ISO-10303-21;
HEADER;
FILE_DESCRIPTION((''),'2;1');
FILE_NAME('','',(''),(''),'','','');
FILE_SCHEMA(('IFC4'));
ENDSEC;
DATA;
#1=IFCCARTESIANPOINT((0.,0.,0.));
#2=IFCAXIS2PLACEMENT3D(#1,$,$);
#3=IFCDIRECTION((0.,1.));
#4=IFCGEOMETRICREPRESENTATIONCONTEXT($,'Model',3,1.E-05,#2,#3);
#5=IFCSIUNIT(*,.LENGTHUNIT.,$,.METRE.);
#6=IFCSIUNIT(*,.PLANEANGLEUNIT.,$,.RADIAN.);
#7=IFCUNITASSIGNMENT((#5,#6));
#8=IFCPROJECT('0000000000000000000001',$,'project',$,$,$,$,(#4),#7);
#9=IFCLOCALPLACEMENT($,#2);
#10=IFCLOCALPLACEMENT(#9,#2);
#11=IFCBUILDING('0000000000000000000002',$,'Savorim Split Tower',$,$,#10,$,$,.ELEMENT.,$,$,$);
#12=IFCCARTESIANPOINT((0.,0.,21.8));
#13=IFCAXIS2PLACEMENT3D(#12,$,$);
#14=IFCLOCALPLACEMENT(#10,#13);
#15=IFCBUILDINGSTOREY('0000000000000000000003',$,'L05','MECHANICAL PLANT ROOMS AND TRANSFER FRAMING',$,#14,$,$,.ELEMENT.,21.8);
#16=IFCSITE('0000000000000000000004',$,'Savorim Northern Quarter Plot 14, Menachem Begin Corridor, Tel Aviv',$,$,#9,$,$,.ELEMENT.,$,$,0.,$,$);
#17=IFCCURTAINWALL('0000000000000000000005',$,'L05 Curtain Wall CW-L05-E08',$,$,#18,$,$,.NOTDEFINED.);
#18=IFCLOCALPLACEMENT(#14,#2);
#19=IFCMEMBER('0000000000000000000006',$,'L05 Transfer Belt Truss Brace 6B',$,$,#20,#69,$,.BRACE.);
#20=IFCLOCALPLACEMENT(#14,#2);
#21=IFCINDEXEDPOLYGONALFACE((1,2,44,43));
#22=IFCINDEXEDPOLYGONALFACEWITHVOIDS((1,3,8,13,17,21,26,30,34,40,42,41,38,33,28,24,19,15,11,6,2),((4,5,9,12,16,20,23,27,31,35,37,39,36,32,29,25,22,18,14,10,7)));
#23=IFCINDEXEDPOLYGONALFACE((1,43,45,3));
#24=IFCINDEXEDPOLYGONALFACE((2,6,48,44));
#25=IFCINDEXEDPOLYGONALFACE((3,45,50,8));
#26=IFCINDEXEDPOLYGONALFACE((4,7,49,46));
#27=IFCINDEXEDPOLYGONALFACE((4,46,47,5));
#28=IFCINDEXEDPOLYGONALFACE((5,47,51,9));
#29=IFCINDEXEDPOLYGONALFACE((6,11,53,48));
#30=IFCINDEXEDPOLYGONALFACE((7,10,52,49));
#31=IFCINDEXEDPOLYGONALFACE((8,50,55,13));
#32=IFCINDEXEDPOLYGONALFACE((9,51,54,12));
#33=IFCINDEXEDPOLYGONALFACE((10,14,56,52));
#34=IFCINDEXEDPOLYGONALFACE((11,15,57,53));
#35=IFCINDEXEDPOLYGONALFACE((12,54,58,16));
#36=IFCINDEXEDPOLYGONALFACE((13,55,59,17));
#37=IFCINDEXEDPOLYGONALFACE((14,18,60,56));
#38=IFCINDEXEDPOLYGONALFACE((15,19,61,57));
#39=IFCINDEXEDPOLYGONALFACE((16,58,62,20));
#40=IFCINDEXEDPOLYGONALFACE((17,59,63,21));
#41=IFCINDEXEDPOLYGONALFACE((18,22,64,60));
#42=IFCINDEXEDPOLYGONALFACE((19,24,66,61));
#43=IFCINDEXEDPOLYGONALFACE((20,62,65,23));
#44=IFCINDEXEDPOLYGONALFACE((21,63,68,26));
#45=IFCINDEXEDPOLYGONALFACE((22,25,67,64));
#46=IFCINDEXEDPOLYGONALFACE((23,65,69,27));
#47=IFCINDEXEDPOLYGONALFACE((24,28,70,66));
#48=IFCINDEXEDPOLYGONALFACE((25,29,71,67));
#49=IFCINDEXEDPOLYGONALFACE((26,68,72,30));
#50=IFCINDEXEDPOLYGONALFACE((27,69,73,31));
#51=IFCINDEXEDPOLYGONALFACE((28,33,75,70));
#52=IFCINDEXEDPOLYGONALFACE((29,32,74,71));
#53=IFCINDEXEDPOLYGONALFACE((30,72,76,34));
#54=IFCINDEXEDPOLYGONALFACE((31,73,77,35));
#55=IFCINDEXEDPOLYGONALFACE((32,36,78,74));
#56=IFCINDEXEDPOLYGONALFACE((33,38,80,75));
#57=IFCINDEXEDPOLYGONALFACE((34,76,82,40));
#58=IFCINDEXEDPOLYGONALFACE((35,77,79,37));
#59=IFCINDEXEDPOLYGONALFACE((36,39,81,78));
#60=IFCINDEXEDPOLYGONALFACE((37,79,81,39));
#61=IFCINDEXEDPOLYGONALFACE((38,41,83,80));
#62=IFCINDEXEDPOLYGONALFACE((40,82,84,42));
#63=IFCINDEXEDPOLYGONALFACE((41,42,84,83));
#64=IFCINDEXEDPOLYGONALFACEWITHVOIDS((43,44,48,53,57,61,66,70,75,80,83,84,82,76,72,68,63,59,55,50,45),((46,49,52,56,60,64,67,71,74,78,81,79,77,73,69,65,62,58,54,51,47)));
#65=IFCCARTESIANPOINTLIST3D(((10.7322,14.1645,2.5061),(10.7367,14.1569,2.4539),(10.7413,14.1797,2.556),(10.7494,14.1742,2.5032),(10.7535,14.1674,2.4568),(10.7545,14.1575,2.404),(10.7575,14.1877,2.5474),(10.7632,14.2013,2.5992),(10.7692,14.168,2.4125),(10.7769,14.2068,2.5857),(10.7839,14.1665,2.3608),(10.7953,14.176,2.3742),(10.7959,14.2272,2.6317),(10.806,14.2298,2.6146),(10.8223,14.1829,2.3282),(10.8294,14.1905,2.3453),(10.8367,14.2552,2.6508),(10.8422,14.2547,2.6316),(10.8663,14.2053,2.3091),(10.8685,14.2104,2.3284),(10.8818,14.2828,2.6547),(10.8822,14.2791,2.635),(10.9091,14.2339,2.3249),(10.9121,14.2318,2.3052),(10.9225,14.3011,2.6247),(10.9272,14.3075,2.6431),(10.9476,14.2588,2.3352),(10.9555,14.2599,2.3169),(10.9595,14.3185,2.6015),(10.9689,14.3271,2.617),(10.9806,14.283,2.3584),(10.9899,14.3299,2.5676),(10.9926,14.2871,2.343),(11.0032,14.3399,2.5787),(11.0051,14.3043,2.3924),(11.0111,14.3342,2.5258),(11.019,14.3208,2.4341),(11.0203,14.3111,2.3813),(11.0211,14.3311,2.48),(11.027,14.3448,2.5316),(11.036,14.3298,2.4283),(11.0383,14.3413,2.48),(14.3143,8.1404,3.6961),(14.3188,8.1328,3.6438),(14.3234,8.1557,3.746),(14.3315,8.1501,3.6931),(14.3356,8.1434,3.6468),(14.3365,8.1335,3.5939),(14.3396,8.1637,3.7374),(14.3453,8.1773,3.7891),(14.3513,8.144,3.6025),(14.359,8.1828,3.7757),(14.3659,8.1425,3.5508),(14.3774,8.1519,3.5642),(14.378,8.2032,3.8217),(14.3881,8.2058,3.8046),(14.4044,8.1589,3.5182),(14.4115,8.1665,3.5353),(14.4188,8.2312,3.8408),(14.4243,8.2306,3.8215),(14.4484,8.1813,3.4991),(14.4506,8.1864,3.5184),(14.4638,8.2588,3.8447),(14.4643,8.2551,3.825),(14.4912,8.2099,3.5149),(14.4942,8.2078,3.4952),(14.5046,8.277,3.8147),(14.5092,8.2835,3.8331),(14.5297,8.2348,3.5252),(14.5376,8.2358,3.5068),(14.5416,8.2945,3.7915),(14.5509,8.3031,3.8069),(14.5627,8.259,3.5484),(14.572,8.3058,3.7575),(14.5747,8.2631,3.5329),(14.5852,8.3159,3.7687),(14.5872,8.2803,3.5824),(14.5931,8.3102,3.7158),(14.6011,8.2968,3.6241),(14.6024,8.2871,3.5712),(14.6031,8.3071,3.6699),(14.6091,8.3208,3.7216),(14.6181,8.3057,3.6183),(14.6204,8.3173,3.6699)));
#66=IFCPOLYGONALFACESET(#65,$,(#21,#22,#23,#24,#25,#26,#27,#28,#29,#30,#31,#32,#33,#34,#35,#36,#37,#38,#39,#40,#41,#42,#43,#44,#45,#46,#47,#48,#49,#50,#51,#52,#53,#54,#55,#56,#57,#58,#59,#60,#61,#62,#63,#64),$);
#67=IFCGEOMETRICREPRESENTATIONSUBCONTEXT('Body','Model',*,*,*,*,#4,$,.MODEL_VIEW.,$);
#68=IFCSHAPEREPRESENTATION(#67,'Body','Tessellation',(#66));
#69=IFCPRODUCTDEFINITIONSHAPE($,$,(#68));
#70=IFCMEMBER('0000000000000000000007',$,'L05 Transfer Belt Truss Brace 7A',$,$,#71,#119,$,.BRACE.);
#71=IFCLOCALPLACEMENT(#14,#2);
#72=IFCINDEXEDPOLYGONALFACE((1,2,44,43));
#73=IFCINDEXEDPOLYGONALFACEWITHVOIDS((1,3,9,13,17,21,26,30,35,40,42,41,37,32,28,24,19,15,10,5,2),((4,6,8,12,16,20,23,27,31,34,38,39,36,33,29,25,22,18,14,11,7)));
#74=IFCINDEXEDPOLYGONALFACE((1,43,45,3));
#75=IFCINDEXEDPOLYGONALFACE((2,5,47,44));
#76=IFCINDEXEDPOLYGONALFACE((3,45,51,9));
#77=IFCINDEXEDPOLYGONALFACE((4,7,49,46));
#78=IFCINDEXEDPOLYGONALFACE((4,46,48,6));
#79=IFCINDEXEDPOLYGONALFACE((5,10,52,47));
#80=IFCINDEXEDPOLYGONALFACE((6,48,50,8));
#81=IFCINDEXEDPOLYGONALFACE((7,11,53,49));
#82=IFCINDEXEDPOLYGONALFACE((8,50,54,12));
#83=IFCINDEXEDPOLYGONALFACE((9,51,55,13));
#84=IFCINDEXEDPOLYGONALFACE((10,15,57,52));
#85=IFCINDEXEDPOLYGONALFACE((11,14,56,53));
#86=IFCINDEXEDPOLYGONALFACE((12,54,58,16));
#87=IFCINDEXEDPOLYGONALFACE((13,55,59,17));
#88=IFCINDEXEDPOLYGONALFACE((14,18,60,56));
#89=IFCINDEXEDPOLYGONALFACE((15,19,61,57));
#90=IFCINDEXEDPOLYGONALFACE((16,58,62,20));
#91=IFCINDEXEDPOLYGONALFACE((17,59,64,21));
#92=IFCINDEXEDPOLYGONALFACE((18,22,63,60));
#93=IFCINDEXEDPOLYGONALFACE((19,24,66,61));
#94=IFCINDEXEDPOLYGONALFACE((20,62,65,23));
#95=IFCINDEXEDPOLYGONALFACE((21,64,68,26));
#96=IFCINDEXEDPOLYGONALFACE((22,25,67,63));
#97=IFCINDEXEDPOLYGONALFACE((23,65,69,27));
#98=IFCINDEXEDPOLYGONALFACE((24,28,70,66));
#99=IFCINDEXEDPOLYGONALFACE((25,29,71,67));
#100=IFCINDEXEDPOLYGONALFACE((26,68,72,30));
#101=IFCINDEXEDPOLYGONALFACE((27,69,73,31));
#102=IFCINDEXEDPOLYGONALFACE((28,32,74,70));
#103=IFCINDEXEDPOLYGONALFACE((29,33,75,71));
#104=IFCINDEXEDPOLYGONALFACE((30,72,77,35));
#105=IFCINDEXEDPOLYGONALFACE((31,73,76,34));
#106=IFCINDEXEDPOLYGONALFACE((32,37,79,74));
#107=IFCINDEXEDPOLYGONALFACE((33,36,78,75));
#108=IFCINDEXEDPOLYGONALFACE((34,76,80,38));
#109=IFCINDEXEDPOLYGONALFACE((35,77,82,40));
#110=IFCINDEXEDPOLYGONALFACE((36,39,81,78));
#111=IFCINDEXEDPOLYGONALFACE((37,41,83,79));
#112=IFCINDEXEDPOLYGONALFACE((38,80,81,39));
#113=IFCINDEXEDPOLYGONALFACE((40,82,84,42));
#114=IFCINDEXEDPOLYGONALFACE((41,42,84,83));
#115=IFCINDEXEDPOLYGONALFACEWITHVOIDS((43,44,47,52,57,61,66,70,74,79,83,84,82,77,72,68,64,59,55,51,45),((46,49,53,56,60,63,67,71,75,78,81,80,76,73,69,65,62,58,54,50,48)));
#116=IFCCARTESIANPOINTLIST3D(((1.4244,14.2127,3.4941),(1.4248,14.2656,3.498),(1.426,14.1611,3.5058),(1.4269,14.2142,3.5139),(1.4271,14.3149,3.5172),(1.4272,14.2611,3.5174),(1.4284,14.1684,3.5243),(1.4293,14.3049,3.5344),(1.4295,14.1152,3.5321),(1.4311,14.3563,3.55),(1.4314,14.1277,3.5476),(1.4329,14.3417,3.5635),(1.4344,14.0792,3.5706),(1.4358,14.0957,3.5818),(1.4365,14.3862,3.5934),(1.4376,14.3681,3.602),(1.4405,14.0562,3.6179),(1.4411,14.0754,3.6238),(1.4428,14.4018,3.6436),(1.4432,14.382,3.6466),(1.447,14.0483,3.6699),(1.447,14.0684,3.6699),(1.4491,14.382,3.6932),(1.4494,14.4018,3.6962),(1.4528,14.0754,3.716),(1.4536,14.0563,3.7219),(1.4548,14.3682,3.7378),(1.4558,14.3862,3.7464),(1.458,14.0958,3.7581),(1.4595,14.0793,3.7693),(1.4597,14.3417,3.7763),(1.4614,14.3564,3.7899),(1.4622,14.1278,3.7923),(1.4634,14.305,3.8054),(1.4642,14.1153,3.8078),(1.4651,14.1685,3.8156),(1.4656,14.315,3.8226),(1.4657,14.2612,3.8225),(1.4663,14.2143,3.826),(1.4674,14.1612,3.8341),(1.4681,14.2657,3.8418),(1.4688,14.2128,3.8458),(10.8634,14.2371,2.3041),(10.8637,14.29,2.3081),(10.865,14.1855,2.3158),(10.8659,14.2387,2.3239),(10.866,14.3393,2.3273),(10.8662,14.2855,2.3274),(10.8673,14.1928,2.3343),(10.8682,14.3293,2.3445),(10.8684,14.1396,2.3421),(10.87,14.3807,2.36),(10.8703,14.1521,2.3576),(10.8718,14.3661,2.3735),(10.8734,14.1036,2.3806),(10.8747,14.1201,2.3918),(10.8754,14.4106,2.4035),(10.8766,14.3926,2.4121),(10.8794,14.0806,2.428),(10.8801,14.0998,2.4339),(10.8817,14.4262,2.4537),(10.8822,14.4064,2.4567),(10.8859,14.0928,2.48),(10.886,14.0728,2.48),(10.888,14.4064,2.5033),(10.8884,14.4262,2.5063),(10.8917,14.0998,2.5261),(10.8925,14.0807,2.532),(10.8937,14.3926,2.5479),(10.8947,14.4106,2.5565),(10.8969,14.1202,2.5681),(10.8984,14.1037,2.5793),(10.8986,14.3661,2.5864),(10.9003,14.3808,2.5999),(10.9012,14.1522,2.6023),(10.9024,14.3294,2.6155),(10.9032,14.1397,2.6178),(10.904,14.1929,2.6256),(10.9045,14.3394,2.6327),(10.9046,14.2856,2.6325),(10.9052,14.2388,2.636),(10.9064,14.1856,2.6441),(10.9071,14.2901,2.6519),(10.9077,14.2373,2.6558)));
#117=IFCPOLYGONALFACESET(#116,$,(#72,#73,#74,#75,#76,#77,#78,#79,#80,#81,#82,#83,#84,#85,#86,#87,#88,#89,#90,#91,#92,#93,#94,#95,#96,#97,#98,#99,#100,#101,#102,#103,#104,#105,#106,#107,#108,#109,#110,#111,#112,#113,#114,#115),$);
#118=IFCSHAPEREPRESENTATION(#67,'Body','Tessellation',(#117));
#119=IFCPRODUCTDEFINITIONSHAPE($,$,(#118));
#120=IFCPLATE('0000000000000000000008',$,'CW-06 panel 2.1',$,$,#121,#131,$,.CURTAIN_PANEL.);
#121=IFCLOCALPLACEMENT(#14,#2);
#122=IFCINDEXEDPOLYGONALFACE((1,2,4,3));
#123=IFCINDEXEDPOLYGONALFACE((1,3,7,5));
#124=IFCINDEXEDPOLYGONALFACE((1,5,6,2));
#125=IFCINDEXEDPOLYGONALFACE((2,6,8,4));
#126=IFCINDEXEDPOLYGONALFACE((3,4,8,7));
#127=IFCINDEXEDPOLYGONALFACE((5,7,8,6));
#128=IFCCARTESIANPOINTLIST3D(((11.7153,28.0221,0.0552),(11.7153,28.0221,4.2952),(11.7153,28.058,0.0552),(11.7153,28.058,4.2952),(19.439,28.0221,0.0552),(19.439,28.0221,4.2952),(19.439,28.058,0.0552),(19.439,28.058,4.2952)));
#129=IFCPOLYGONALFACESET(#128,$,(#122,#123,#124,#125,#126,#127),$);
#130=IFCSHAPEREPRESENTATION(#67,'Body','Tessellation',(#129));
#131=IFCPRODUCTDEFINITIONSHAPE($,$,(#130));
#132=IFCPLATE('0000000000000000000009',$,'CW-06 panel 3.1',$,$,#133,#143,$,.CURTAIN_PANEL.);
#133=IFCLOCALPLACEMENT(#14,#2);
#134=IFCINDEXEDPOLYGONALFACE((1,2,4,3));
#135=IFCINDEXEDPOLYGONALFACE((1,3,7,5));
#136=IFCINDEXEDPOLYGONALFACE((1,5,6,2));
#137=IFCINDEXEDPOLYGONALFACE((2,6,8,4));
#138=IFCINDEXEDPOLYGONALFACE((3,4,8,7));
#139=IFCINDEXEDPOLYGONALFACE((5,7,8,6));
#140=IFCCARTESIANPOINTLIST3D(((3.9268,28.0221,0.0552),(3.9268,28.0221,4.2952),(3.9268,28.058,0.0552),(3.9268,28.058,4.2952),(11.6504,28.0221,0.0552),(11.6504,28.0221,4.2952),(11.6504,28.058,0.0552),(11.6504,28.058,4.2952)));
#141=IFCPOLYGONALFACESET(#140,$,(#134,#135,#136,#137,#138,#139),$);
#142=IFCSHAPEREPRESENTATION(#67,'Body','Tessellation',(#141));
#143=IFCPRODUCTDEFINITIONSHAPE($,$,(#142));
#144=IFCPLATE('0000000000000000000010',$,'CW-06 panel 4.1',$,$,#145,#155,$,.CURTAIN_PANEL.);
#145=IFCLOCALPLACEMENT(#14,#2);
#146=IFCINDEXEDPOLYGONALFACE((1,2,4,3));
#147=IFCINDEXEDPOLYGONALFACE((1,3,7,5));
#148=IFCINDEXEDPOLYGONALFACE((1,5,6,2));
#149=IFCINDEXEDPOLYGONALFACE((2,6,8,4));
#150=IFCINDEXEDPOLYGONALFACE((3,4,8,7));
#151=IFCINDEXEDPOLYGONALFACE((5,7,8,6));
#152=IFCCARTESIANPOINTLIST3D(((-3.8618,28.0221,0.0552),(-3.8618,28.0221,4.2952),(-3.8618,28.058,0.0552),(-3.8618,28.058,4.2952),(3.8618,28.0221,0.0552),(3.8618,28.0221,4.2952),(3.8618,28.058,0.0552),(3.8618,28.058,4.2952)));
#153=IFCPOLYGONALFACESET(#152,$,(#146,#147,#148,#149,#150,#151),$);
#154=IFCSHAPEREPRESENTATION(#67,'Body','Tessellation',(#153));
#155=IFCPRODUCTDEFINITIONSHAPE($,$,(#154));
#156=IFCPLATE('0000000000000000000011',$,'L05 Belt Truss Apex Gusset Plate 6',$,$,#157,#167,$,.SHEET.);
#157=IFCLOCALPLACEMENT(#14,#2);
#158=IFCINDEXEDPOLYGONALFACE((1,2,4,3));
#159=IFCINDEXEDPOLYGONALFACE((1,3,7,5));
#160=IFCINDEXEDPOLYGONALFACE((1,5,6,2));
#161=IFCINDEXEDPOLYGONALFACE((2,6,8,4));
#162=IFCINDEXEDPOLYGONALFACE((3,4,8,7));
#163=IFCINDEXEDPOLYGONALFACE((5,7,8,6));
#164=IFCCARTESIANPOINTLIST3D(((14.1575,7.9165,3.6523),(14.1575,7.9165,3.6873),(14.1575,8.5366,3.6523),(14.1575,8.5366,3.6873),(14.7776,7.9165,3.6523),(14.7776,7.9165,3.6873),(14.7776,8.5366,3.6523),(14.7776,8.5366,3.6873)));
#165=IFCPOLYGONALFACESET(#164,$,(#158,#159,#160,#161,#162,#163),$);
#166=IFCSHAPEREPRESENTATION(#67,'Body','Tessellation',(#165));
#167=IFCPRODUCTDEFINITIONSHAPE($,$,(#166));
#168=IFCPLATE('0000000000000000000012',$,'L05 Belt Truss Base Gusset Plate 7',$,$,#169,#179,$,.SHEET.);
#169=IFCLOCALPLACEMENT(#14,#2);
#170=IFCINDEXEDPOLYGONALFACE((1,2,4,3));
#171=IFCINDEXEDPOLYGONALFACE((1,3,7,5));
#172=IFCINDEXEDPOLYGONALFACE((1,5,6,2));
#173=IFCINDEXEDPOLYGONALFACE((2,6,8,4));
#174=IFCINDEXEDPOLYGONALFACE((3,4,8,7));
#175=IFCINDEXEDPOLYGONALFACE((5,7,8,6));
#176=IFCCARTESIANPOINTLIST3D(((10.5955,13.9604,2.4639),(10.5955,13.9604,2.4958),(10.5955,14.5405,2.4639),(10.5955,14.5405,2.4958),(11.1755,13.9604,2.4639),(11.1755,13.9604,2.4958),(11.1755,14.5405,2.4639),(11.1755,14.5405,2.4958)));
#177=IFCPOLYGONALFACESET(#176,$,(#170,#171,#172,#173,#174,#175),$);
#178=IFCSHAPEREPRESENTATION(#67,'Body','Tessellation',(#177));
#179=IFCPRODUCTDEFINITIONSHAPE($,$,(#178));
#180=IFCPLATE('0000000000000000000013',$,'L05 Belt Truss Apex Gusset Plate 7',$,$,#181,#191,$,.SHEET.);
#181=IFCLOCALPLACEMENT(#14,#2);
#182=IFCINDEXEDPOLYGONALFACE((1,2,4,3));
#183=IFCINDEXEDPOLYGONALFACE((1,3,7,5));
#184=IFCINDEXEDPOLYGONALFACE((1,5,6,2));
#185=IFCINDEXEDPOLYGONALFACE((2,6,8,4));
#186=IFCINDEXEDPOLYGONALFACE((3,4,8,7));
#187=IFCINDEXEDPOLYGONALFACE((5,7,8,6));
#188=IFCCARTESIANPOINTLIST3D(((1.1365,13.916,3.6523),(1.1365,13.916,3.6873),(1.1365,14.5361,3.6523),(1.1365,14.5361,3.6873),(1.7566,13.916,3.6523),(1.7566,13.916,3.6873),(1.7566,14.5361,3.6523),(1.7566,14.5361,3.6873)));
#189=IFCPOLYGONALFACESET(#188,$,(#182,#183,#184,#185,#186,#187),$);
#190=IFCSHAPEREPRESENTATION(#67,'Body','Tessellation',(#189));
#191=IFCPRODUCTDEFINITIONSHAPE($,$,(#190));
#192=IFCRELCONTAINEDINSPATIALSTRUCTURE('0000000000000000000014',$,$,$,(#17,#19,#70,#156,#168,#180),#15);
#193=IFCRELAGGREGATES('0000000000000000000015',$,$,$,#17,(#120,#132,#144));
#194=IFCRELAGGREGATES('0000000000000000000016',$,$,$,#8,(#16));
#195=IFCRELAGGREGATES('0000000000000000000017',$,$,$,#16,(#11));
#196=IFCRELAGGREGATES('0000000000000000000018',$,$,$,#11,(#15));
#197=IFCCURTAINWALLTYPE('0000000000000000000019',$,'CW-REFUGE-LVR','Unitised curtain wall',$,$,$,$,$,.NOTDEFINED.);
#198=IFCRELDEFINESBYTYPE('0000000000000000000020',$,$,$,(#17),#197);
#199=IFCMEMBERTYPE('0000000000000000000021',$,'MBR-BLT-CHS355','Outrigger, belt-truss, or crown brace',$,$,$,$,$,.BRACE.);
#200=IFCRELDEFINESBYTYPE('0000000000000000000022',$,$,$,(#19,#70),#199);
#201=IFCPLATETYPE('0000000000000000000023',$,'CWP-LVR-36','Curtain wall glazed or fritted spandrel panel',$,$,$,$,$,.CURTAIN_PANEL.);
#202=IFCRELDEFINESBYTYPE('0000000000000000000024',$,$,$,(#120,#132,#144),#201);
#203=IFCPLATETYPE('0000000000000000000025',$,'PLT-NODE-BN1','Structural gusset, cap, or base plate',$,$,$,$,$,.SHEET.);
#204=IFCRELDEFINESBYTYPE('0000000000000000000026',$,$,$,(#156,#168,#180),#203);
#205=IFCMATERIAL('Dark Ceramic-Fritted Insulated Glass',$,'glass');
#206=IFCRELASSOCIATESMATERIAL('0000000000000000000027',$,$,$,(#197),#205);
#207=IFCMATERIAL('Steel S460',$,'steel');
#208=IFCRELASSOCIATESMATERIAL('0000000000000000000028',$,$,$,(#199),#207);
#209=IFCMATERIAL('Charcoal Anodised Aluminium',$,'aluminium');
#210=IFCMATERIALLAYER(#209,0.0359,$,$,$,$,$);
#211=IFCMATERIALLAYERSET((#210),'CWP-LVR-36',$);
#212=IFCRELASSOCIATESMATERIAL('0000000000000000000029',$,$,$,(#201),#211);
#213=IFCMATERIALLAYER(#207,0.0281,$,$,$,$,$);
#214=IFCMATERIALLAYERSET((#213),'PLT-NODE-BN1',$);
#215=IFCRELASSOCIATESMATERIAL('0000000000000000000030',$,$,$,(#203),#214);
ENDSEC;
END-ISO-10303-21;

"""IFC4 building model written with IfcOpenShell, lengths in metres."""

from ifc_helpers import new_model, si_unit, direction, frame, origin, origin_2d, place, context, subcontext, project, spatial, rectangle, hollow_circle, extrude, material, layer, layer_set, material_profile, profile_set, type_object, element, aggregate, save


model = new_model("IFC4")

# Units and contexts
model_context = context("Model", 3, precision=1e-05, world=origin(), true_north=direction((0.0, 1.0)))
body_context = subcontext(model_context, "Body", "Model", "MODEL_VIEW")
ifc_project = project(units=[si_unit("LENGTHUNIT", "METRE"), si_unit("PLANEANGLEUNIT", "RADIAN")], contexts=[model_context])

# Site, building, storey
site_placement = place(None, origin())
site = spatial("IfcSite", under=ifc_project, at=site_placement, Name="Savorim Northern Quarter Plot 14, Menachem Begin Corridor, Tel Aviv", CompositionType="ELEMENT", RefElevation=0.0)
building_placement = place(site_placement, origin())
building = spatial("IfcBuilding", under=site, at=building_placement, Name="Savorim Split Tower", CompositionType="ELEMENT")
storey_placement = place(building_placement, frame((0.0, 0.0, 21.8)))
storey = spatial("IfcBuildingStorey", under=building, at=storey_placement, Name="L05", Description="MECHANICAL PLANT ROOMS AND TRANSFER FRAMING", CompositionType="ELEMENT", Elevation=21.8)

# Shared definitions
ifc_material_1 = material(Name="Steel S460", Category="steel")

# Curtain wall
ifc_material_2 = material(Name="Dark Ceramic-Fritted Insulated Glass", Category="glass")
curtain_wall_type = type_object("IfcCurtainWallType", Name="CW-REFUGE-LVR", Description="Unitised curtain wall", PredefinedType="NOTDEFINED", material=ifc_material_2)
curtain_wall_placement = place(storey_placement, origin())
curtain_wall = element("IfcCurtainWall", 1, at=curtain_wall_placement, inside=storey, type_object=curtain_wall_type, Name="L05 Curtain Wall CW-L05-E08", PredefinedType="NOTDEFINED")
ifc_material_3 = material(Name="Charcoal Anodised Aluminium", Category="aluminium")

# Members
ifc_material_profile_1 = material_profile(ifc_material_1, hollow_circle(Radius=0.1777, WallThickness=0.02, at=origin_2d()), Name="CHS 355.6x20")
ifc_profile_set_1 = profile_set([ifc_material_profile_1], Name="Steel S460")
member_type_1 = type_object("IfcMemberType", Name="MBR-BLT-CHS355", Description="Outrigger, belt-truss, or crown brace", PredefinedType="BRACE", material=ifc_profile_set_1)
member_1_placement = place(storey_placement, frame((10.8855, 14.2505, 2.48), z_axis=(0.503889, -0.847394, 0.167391), x_axis=(0.859521, 0.5111, 0.0)))
element("IfcMember", 2, at=member_1_placement, inside=storey, type_object=member_type_1, Name="L05 Transfer Belt Truss Brace 6B", PredefinedType="BRACE", context=body_context, shape_type="SweptSolid", body=[
    extrude(hollow_circle(Radius=0.1777, WallThickness=0.02, at=origin_2d()), origin(), (0.0, 0.0, 1.0), 7.1089),
])
member_2_placement = place(storey_placement, frame((10.8855, 14.2505, 2.48), z_axis=(-0.992144, -0.002566, 0.125077), x_axis=(0.002587, -0.999997, 0.0)))
element("IfcMember", 3, at=member_2_placement, inside=storey, type_object=member_type_1, Name="L05 Transfer Belt Truss Brace 7A", PredefinedType="BRACE", context=body_context, shape_type="SweptSolid", body=[
    extrude(hollow_circle(Radius=0.1777, WallThickness=0.02, at=origin_2d()), origin(), (0.0, 0.0, 1.0), 9.5137),
])

# Plates
ifc_layer_1 = layer(ifc_material_3, 0.0359)
ifc_layer_set_1 = layer_set([ifc_layer_1], Name="CWP-LVR-36")
plate_type_1 = type_object("IfcPlateType", Name="CWP-LVR-36", Description="Curtain wall glazed or fritted spandrel panel", PredefinedType="CURTAIN_PANEL", material=ifc_layer_set_1)
plate_1_placement = place(storey_placement, frame((15.5771, 28.04, 0.0552), z_axis=(0.0, 0.0, 1.0), x_axis=(-1.0, 0.0, 0.0)))
plate_1 = element("IfcPlate", 4, at=plate_1_placement, type_object=plate_type_1, Name="CW-06 panel 2.1", PredefinedType="CURTAIN_PANEL", context=body_context, shape_type="SweptSolid", body=[
    extrude(rectangle(XDim=7.7236, YDim=0.0359, at=origin_2d()), origin(), (0.0, 0.0, 1.0), 4.24),
])
plate_2_placement = place(storey_placement, frame((7.7886, 28.04, 0.0552), z_axis=(0.0, 0.0, 1.0), x_axis=(-1.0, 0.0, 0.0)))
plate_2 = element("IfcPlate", 5, at=plate_2_placement, type_object=plate_type_1, Name="CW-06 panel 3.1", PredefinedType="CURTAIN_PANEL", context=body_context, shape_type="SweptSolid", body=[
    extrude(rectangle(XDim=7.7236, YDim=0.0359, at=origin_2d()), origin(), (0.0, 0.0, 1.0), 4.24),
])
plate_3_placement = place(storey_placement, frame((0.0, 28.04, 0.0552), z_axis=(0.0, 0.0, 1.0), x_axis=(-1.0, 0.0, 0.0)))
plate_3 = element("IfcPlate", 6, at=plate_3_placement, type_object=plate_type_1, Name="CW-06 panel 4.1", PredefinedType="CURTAIN_PANEL", context=body_context, shape_type="SweptSolid", body=[
    extrude(rectangle(XDim=7.7236, YDim=0.0359, at=origin_2d()), origin(), (0.0, 0.0, 1.0), 4.24),
])
aggregate(curtain_wall, [plate_1, plate_2, plate_3])

# Plates
ifc_layer_2 = layer(ifc_material_1, 0.0281)
ifc_layer_set_2 = layer_set([ifc_layer_2], Name="PLT-NODE-BN1")
plate_type_2 = type_object("IfcPlateType", Name="PLT-NODE-BN1", Description="Structural gusset, cap, or base plate", PredefinedType="SHEET", material=ifc_layer_set_2)
plate_4_placement = place(storey_placement, frame((14.4675, 8.2266, 3.6523), z_axis=(0.0, 0.0, 1.0), x_axis=(1.0, 0.0, 0.0)))
element("IfcPlate", 7, at=plate_4_placement, inside=storey, type_object=plate_type_2, Name="L05 Belt Truss Apex Gusset Plate 6", PredefinedType="SHEET", context=body_context, shape_type="SweptSolid", body=[
    extrude(rectangle(XDim=0.6201, YDim=0.6201, at=origin_2d()), origin(), (0.0, 0.0, 1.0), 0.0349),
])
plate_5_placement = place(storey_placement, frame((10.8855, 14.2505, 2.4639), z_axis=(0.0, 0.0, 1.0), x_axis=(1.0, 0.0, 0.0)))
element("IfcPlate", 8, at=plate_5_placement, inside=storey, type_object=plate_type_2, Name="L05 Belt Truss Base Gusset Plate 7", PredefinedType="SHEET", context=body_context, shape_type="SweptSolid", body=[
    extrude(rectangle(XDim=0.5801, YDim=0.5801, at=origin_2d()), origin(), (0.0, 0.0, 1.0), 0.032),
])
plate_6_placement = place(storey_placement, frame((1.4465, 14.2261, 3.6523), z_axis=(0.0, 0.0, 1.0), x_axis=(1.0, 0.0, 0.0)))
element("IfcPlate", 9, at=plate_6_placement, inside=storey, type_object=plate_type_2, Name="L05 Belt Truss Apex Gusset Plate 7", PredefinedType="SHEET", context=body_context, shape_type="SweptSolid", body=[
    extrude(rectangle(XDim=0.6201, YDim=0.6201, at=origin_2d()), origin(), (0.0, 0.0, 1.0), 0.0349),
])

save(model, "model.ifc")
